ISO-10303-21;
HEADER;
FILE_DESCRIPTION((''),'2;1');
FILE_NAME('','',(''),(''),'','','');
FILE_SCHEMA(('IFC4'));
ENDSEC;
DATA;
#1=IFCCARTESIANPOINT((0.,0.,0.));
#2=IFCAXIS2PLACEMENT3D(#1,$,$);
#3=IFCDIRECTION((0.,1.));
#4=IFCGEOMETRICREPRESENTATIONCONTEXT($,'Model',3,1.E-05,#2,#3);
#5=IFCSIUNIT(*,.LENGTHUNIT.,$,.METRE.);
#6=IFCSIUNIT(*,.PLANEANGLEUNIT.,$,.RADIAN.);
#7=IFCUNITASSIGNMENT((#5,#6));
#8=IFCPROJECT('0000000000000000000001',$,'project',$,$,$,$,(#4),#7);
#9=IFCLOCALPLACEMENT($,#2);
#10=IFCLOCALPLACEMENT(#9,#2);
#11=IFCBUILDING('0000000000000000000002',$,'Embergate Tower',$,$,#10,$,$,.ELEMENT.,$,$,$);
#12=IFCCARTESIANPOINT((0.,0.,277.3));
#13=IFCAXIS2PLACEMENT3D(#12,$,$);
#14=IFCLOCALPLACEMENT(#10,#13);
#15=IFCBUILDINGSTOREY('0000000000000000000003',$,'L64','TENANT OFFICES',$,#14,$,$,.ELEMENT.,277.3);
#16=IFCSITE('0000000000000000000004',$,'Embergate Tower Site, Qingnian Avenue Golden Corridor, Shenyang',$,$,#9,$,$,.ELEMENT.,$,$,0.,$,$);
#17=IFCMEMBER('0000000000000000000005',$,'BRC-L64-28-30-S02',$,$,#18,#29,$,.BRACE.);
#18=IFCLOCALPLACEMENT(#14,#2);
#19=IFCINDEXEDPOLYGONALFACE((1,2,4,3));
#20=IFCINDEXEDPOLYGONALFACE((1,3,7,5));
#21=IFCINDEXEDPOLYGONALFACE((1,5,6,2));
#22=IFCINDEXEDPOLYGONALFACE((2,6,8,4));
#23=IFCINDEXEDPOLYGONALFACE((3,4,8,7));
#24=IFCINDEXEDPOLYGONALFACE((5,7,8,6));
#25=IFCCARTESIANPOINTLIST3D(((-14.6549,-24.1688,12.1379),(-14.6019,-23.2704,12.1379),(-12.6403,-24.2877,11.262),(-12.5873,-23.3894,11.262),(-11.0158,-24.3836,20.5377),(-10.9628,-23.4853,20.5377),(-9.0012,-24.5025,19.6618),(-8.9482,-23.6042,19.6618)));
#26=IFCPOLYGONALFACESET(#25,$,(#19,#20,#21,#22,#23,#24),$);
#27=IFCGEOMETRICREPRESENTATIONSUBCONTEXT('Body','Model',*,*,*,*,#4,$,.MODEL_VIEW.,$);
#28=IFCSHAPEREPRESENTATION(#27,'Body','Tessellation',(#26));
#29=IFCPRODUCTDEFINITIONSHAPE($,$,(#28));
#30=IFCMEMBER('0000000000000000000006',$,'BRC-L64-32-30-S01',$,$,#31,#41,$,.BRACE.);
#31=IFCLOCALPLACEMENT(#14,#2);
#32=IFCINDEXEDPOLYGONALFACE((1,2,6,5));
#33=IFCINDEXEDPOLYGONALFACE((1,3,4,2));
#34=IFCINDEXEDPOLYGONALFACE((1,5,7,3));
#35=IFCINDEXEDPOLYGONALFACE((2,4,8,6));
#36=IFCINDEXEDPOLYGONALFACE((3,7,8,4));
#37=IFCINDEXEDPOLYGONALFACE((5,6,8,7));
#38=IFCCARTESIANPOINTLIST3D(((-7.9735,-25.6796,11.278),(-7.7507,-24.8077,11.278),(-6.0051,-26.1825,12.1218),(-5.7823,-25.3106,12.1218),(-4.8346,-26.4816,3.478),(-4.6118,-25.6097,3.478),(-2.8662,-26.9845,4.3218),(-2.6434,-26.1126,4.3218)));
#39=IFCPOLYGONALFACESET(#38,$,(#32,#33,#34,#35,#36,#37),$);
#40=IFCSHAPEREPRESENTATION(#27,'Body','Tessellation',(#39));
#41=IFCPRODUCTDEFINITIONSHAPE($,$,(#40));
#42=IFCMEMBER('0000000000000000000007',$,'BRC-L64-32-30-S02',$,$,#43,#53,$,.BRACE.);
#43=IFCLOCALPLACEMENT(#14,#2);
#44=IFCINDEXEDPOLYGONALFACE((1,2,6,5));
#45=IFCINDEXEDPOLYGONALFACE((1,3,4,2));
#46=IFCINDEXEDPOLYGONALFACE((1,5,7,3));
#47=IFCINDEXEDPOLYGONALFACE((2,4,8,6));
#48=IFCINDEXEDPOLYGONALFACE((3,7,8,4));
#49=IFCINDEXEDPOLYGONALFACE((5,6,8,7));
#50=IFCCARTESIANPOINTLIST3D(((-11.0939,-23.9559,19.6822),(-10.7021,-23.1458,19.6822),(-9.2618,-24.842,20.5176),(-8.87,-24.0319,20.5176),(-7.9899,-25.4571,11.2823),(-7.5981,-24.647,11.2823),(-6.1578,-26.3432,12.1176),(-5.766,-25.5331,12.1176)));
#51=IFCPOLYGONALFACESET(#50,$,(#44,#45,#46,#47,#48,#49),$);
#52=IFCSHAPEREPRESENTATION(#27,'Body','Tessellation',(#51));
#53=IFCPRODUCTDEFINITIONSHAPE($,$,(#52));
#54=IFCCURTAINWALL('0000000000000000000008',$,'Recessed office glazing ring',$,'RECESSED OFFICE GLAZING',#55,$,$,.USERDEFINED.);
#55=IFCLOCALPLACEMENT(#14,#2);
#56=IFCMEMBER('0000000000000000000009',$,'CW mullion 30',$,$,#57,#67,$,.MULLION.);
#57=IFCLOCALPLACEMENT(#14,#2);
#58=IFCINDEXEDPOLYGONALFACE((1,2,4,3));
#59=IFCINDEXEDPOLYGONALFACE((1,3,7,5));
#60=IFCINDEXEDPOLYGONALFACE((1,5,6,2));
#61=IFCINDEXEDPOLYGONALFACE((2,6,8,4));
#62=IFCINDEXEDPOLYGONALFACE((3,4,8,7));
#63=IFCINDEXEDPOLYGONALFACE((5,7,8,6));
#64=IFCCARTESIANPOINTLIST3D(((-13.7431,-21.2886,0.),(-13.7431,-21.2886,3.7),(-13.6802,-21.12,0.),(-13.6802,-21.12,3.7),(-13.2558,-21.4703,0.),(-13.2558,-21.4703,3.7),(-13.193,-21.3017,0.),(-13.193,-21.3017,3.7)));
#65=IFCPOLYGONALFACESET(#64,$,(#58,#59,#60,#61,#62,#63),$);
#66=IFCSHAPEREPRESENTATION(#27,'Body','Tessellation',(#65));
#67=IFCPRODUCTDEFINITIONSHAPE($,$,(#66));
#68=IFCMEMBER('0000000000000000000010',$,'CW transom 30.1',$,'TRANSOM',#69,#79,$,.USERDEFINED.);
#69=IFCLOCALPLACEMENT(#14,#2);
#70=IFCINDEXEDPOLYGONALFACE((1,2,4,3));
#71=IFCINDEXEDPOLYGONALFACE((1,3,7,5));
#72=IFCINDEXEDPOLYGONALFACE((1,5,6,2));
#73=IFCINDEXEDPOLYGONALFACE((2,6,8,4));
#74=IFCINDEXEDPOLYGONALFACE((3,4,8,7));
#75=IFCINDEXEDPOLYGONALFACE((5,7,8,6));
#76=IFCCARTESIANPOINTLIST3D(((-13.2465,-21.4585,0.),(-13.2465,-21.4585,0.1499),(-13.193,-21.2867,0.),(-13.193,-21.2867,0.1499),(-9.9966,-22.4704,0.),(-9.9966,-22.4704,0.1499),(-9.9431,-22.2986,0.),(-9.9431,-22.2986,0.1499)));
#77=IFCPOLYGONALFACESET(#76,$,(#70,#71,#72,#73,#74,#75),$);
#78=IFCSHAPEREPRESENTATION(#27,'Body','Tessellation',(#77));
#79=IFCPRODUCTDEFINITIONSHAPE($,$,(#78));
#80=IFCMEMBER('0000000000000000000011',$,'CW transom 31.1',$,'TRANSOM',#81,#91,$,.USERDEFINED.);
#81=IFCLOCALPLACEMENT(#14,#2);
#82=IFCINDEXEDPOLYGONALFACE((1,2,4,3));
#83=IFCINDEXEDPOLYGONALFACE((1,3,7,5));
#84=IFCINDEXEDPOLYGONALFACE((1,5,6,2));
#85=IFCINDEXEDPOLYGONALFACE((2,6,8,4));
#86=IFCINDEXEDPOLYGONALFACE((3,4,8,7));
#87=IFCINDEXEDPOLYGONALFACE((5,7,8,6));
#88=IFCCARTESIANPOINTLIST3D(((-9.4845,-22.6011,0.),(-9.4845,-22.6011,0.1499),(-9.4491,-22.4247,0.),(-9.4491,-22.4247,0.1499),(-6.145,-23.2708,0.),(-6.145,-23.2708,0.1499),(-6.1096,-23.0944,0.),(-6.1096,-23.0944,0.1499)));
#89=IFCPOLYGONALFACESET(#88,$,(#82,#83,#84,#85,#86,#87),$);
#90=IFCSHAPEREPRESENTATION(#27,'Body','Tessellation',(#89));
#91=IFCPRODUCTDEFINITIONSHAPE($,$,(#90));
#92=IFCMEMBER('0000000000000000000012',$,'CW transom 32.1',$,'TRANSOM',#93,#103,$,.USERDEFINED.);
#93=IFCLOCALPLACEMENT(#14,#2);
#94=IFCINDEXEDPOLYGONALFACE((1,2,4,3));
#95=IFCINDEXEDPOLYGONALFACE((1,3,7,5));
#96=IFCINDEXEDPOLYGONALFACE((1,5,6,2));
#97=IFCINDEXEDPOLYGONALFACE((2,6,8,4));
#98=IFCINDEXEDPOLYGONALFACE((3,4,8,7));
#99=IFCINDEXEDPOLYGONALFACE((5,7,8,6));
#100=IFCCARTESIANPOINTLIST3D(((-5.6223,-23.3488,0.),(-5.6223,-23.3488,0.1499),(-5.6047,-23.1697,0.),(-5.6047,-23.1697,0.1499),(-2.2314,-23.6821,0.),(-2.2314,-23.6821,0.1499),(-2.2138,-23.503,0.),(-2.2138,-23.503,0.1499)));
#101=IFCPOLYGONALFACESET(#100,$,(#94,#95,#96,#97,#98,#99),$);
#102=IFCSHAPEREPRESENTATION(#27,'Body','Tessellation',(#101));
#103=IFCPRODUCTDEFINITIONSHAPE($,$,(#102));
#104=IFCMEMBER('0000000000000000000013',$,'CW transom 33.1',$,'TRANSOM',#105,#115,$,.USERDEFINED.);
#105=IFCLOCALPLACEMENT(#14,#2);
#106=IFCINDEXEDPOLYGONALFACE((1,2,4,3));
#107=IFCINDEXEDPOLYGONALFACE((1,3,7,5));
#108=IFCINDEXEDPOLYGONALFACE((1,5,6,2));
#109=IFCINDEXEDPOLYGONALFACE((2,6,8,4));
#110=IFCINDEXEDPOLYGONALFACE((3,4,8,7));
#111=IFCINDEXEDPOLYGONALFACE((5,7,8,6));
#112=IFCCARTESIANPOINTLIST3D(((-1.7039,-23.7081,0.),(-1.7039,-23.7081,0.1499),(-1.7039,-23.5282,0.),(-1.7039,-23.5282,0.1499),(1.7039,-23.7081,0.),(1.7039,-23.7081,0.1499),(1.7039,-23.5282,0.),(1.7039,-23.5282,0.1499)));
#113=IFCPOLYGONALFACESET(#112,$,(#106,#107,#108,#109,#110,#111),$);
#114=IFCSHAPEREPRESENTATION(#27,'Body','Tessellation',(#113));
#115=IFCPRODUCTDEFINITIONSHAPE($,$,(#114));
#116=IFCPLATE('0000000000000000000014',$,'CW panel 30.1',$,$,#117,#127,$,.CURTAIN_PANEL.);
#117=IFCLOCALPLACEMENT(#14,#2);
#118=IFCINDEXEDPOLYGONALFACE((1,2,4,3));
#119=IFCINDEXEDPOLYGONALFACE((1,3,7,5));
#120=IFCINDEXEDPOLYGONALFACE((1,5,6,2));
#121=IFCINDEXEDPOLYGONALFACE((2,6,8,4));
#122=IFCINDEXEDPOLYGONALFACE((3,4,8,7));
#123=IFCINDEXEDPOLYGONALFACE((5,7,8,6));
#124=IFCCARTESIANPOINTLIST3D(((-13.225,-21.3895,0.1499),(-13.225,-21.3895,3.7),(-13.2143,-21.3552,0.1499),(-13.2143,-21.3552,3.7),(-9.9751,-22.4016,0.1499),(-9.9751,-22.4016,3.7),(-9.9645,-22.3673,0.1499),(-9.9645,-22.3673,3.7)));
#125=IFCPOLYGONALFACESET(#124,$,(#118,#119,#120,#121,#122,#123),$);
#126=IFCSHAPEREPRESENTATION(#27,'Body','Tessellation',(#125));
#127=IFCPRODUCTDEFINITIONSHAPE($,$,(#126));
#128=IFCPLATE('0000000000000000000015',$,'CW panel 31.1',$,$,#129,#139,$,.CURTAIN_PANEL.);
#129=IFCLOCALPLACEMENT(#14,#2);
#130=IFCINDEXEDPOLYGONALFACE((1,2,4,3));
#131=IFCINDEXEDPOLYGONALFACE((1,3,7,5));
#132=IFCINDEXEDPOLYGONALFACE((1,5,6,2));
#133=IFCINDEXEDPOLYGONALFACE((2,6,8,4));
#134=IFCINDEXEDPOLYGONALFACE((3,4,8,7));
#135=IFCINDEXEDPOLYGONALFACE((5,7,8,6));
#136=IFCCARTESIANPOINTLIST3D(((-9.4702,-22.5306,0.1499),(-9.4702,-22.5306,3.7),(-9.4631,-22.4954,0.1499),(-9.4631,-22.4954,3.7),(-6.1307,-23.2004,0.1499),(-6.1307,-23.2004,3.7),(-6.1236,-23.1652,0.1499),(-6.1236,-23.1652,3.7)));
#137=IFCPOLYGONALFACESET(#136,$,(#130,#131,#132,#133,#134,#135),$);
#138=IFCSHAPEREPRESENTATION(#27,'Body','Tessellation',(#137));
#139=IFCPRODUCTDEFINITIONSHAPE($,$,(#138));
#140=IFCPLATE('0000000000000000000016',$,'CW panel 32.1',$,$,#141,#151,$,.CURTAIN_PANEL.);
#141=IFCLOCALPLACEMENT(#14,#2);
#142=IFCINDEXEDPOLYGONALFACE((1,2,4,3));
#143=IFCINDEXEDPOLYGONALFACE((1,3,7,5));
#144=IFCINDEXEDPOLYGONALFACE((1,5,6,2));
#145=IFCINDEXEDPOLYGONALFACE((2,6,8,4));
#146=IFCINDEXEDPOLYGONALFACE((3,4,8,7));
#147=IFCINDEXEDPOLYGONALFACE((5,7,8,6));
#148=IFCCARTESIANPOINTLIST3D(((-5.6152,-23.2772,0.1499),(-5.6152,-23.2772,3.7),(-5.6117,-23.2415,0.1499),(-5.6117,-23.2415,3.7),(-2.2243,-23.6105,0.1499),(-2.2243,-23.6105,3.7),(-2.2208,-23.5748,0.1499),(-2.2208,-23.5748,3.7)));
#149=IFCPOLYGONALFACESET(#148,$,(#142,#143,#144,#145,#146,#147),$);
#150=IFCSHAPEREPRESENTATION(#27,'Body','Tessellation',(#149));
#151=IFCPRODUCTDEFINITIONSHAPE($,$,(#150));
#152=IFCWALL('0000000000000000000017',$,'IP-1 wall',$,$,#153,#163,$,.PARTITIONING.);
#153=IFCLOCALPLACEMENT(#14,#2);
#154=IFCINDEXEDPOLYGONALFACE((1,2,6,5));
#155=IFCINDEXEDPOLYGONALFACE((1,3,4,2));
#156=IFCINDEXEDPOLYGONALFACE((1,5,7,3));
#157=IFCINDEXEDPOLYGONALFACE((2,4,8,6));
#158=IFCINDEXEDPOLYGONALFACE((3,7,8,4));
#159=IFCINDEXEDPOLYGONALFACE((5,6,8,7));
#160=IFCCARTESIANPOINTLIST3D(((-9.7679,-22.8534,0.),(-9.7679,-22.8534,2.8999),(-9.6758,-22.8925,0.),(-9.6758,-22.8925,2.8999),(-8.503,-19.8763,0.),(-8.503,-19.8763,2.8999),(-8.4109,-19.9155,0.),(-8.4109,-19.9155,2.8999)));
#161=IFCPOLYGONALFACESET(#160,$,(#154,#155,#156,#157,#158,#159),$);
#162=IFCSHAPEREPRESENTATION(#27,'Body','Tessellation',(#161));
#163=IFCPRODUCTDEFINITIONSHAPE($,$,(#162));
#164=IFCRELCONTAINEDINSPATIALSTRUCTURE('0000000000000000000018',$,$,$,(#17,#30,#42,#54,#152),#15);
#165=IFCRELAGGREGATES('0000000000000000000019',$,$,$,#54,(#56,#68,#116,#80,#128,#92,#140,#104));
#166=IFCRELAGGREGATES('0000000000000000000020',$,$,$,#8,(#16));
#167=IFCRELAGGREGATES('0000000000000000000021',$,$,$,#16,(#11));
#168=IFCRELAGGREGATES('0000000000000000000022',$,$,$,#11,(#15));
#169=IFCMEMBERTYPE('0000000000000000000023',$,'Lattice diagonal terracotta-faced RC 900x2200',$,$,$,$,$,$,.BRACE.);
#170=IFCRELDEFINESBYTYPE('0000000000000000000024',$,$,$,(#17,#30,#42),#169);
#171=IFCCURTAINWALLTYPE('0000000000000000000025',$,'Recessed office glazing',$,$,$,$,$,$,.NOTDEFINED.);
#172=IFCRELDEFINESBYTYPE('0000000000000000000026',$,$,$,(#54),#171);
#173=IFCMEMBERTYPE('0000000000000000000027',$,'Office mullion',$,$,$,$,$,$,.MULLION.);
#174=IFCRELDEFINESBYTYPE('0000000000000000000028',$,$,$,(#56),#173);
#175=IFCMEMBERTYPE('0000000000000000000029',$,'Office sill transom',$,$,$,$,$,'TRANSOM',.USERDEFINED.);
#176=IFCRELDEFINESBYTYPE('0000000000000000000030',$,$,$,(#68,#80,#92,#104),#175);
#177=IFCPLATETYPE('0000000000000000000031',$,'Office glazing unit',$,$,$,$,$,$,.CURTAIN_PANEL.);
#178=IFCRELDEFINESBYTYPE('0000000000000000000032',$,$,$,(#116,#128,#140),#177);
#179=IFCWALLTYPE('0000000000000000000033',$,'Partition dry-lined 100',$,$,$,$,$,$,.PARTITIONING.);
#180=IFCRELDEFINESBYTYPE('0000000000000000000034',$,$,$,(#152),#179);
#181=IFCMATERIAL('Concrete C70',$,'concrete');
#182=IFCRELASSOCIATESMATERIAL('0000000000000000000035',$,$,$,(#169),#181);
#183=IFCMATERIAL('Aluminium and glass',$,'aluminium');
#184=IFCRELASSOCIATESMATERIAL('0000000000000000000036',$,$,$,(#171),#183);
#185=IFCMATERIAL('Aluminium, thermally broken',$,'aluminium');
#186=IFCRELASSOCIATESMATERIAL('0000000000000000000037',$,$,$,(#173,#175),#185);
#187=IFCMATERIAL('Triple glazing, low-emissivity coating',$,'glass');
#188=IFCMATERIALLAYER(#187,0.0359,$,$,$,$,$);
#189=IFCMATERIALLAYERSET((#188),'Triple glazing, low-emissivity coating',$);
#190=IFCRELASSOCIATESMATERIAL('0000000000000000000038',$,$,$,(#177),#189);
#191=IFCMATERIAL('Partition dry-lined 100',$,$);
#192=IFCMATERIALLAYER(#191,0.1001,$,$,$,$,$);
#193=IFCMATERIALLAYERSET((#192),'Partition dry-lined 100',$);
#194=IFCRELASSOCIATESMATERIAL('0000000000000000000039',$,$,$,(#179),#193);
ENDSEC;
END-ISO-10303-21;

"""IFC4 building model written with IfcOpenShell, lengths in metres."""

from ifc_helpers import new_model, si_unit, direction, frame, frame_2d, origin, origin_2d, place, context, subcontext, project, spatial, rectangle, extrude, source, transform, mapped, material, layer, layer_set, material_profile, profile_set, type_object, element, aggregate, save


model = new_model("IFC4")

# Units and contexts
model_context = context("Model", 3, precision=1e-05, world=origin(), true_north=direction((0.0, 1.0)))
body_context = subcontext(model_context, "Body", "Model", "MODEL_VIEW")
ifc_project = project(units=[si_unit("LENGTHUNIT", "METRE"), si_unit("PLANEANGLEUNIT", "RADIAN")], contexts=[model_context])

# Site, building, storey
site_placement = place(None, origin())
site = spatial("IfcSite", under=ifc_project, at=site_placement, Name="Embergate Tower Site, Qingnian Avenue Golden Corridor, Shenyang", CompositionType="ELEMENT", RefElevation=0.0)
building_placement = place(site_placement, origin())
building = spatial("IfcBuilding", under=site, at=building_placement, Name="Embergate Tower", CompositionType="ELEMENT")
storey_placement = place(building_placement, frame((0.0, 0.0, 277.3)))
storey = spatial("IfcBuildingStorey", under=building, at=storey_placement, Name="L64", Description="TENANT OFFICES", CompositionType="ELEMENT", Elevation=277.3)

# Members
ifc_material_1 = material(Name="Concrete C70", Category="concrete")
ifc_material_profile_1 = material_profile(ifc_material_1, rectangle(XDim=0.8999, YDim=2.2, at=origin_2d()), Name="RC 900x2200")
ifc_profile_set_1 = profile_set([ifc_material_profile_1], Name="Concrete C70")
member_type_1 = type_object("IfcMemberType", Name="Lattice diagonal terracotta-faced RC 900x2200", PredefinedType="BRACE", material=ifc_profile_set_1)
shared_shape_1 = source(origin(), body_context, "Body", "SweptSolid", [
    extrude(rectangle(XDim=0.8999, YDim=2.2, at=origin_2d()), origin(), (0.0, 0.0, 1.0), 9.1567),
])
member_1_placement = place(storey_placement, frame((-13.6211, -23.7791, 11.7), z_axis=(0.397425, -0.023463, 0.917335), x_axis=(0.058934, 0.998262, 0.0)))
element("IfcMember", 1, at=member_1_placement, inside=storey, type_object=member_type_1, Name="BRC-L64-28-30-S02", PredefinedType="BRACE", context=body_context, shape_type="MappedRepresentation", body=[
    mapped(shared_shape_1, transform((0.0, 0.0, 0.0))),
])
shared_shape_2 = source(origin(), body_context, "Body", "SweptSolid", [
    extrude(rectangle(XDim=0.8999, YDim=2.2, at=origin_2d()), origin(), (0.0, 0.0, 1.0), 8.446),
])
member_2_placement = place(storey_placement, frame((-3.739, -26.2971, 3.8999), z_axis=(-0.37164, 0.094955, 0.923508), x_axis=(-0.24755, -0.968875, 0.0)))
element("IfcMember", 2, at=member_2_placement, inside=storey, type_object=member_type_1, Name="BRC-L64-32-30-S01", PredefinedType="BRACE", context=body_context, shape_type="MappedRepresentation", body=[
    mapped(shared_shape_2, transform((0.0, 0.0, 0.0))),
])
shared_shape_3 = source(origin(), body_context, "Body", "SweptSolid", [
    extrude(rectangle(XDim=0.8999, YDim=2.2, at=origin_2d()), origin(), (0.0, 0.0, 1.0), 9.0801),
])
member_3_placement = place(storey_placement, frame((-6.8779, -25.4951, 11.7), z_axis=(-0.34185, 0.165332, 0.925097), x_axis=(-0.435393, -0.900241, 0.0)))
element("IfcMember", 3, at=member_3_placement, inside=storey, type_object=member_type_1, Name="BRC-L64-32-30-S02", PredefinedType="BRACE", context=body_context, shape_type="MappedRepresentation", body=[
    mapped(shared_shape_3, transform((0.0, 0.0, 0.0))),
])

# Curtain wall, members, plates
ifc_material_2 = material(Name="Aluminium and glass", Category="aluminium")
curtain_wall_type = type_object("IfcCurtainWallType", Name="Recessed office glazing", PredefinedType="NOTDEFINED", material=ifc_material_2)
curtain_wall_placement = place(storey_placement, origin())
curtain_wall = element("IfcCurtainWall", 4, at=curtain_wall_placement, inside=storey, type_object=curtain_wall_type, Name="Recessed office glazing ring", ObjectType="RECESSED OFFICE GLAZING", PredefinedType="USERDEFINED")
ifc_material_3 = material(Name="Aluminium, thermally broken", Category="aluminium")
ifc_material_profile_2 = material_profile(ifc_material_3, rectangle(XDim=0.1799, YDim=0.52, at=origin_2d()), Name="AL 520x180")
ifc_profile_set_2 = profile_set([ifc_material_profile_2], Name="Aluminium, thermally broken")
member_type_2 = type_object("IfcMemberType", Name="Office mullion", PredefinedType="MULLION", material=ifc_profile_set_2)
shared_shape_4 = source(origin(), body_context, "Body", "SweptSolid", [
    extrude(rectangle(XDim=0.1799, YDim=0.52, at=origin_2d()), origin(), (0.0, 0.0, 1.0), 3.7),
])
member_4_placement = place(storey_placement, frame((-13.468, -21.2952, 0.0), z_axis=(0.0, 0.0, 1.0), x_axis=(0.349498, 0.936937, 0.0)))
member_4 = element("IfcMember", 5, at=member_4_placement, type_object=member_type_2, Name="CW mullion 30", PredefinedType="MULLION", context=body_context, shape_type="MappedRepresentation", body=[
    mapped(shared_shape_4, transform((0.0, 0.0, 0.0))),
])
ifc_material_profile_3 = material_profile(ifc_material_3, rectangle(XDim=0.1799, YDim=0.1499, at=origin_2d()), Name="AL 150x180")
ifc_profile_set_3 = profile_set([ifc_material_profile_3], Name="Aluminium, thermally broken")
member_type_3 = type_object("IfcMemberType", Name="Office sill transom", ElementType="TRANSOM", PredefinedType="USERDEFINED", material=ifc_profile_set_3)
shared_shape_5 = source(origin(), body_context, "Body", "SweptSolid", [
    extrude(rectangle(XDim=0.1799, YDim=0.1499, at=origin_2d()), origin(), (0.0, 0.0, 1.0), 3.4038),
])
member_5_placement = place(storey_placement, frame((-13.2197, -21.3726, 0.075), z_axis=(0.954786, -0.297295, 0.0), x_axis=(0.297295, 0.954786, 0.0)))
member_5 = element("IfcMember", 6, at=member_5_placement, type_object=member_type_3, Name="CW transom 30.1", ObjectType="TRANSOM", PredefinedType="USERDEFINED", context=body_context, shape_type="MappedRepresentation", body=[
    mapped(shared_shape_5, transform((0.0, 0.0, 0.0))),
])
shared_shape_6 = source(origin(), body_context, "Body", "SweptSolid", [
    extrude(rectangle(XDim=0.1799, YDim=0.1499, at=origin_2d()), origin(), (0.0, 0.0, 1.0), 3.406),
])
member_6_placement = place(storey_placement, frame((-9.4668, -22.5129, 0.075), z_axis=(0.980481, -0.196612, 0.0), x_axis=(0.196612, 0.980481, 0.0)))
member_6 = element("IfcMember", 7, at=member_6_placement, type_object=member_type_3, Name="CW transom 31.1", ObjectType="TRANSOM", PredefinedType="USERDEFINED", context=body_context, shape_type="MappedRepresentation", body=[
    mapped(shared_shape_6, transform((0.0, 0.0, 0.0))),
])
shared_shape_7 = source(origin(), body_context, "Body", "SweptSolid", [
    extrude(rectangle(XDim=0.1799, YDim=0.1499, at=origin_2d()), origin(), (0.0, 0.0, 1.0), 3.4072),
])
member_7_placement = place(storey_placement, frame((-5.6135, -23.2593, 0.075), z_axis=(0.995205, -0.097808, 0.0), x_axis=(0.097808, 0.995205, 0.0)))
member_7 = element("IfcMember", 8, at=member_7_placement, type_object=member_type_3, Name="CW transom 32.1", ObjectType="TRANSOM", PredefinedType="USERDEFINED", context=body_context, shape_type="MappedRepresentation", body=[
    mapped(shared_shape_7, transform((0.0, 0.0, 0.0))),
])
shared_shape_8 = source(origin(), body_context, "Body", "SweptSolid", [
    extrude(rectangle(XDim=0.1799, YDim=0.1499, at=origin_2d()), origin(), (0.0, 0.0, 1.0), 3.4077),
])
member_8_placement = place(storey_placement, frame((-1.7039, -23.6182, 0.075), z_axis=(1.0, 0.0, 0.0), x_axis=(0.0, 1.0, 0.0)))
member_8 = element("IfcMember", 9, at=member_8_placement, type_object=member_type_3, Name="CW transom 33.1", ObjectType="TRANSOM", PredefinedType="USERDEFINED", context=body_context, shape_type="MappedRepresentation", body=[
    mapped(shared_shape_8, transform((0.0, 0.0, 0.0))),
])
ifc_material_4 = material(Name="Triple glazing, low-emissivity coating", Category="glass")
ifc_layer_1 = layer(ifc_material_4, 0.0359)
ifc_layer_set_1 = layer_set([ifc_layer_1], Name="Triple glazing, low-emissivity coating")
plate_type = type_object("IfcPlateType", Name="Office glazing unit", PredefinedType="CURTAIN_PANEL", material=ifc_layer_set_1)
shared_shape_9 = source(origin(), body_context, "Body", "SweptSolid", [
    extrude(rectangle(XDim=3.4038, YDim=0.0359, at=origin_2d()), origin(), (0.0, 0.0, 1.0), 3.55),
])
plate_1_placement = place(storey_placement, frame((-11.5947, -21.8784, 0.1499), z_axis=(0.0, 0.0, 1.0), x_axis=(0.954773, -0.297337, 0.0)))
plate_1 = element("IfcPlate", 10, at=plate_1_placement, type_object=plate_type, Name="CW panel 30.1", PredefinedType="CURTAIN_PANEL", context=body_context, shape_type="MappedRepresentation", body=[
    mapped(shared_shape_9, transform((0.0, 0.0, 0.0))),
])
shared_shape_10 = source(origin(), body_context, "Body", "SweptSolid", [
    extrude(rectangle(XDim=3.406, YDim=0.0359, at=origin_2d()), origin(), (0.0, 0.0, 1.0), 3.55),
])
plate_2_placement = place(storey_placement, frame((-7.7969, -22.8479, 0.1499), z_axis=(0.0, 0.0, 1.0), x_axis=(0.980476, -0.196639, 0.0)))
plate_2 = element("IfcPlate", 11, at=plate_2_placement, type_object=plate_type, Name="CW panel 31.1", PredefinedType="CURTAIN_PANEL", context=body_context, shape_type="MappedRepresentation", body=[
    mapped(shared_shape_10, transform((0.0, 0.0, 0.0))),
])
shared_shape_11 = source(origin(), body_context, "Body", "SweptSolid", [
    extrude(rectangle(XDim=3.4072, YDim=0.0359, at=origin_2d()), origin(), (0.0, 0.0, 1.0), 3.55),
])
plate_3_placement = place(storey_placement, frame((-3.918, -23.426, 0.1499), z_axis=(0.0, 0.0, 1.0), x_axis=(0.995203, -0.09783, 0.0)))
plate_3 = element("IfcPlate", 12, at=plate_3_placement, type_object=plate_type, Name="CW panel 32.1", PredefinedType="CURTAIN_PANEL", context=body_context, shape_type="MappedRepresentation", body=[
    mapped(shared_shape_11, transform((0.0, 0.0, 0.0))),
])
aggregate(curtain_wall, [member_4, member_5, plate_1, member_6, plate_2, member_7, plate_3, member_8])

# Wall
ifc_material_5 = material(Name="Partition dry-lined 100")
ifc_layer_2 = layer(ifc_material_5, 0.1001)
ifc_layer_set_2 = layer_set([ifc_layer_2], Name="Partition dry-lined 100")
wall_type_1 = type_object("IfcWallType", Name="Partition dry-lined 100", PredefinedType="PARTITIONING", material=ifc_layer_set_2)
shared_shape_12 = source(origin(), body_context, "Body", "SweptSolid", [
    extrude(rectangle(XDim=3.2346, YDim=0.1001, at=frame_2d((1.6172, 0.0))), origin(), (0.0, 0.0, 1.0), 2.8999),
])
wall_1_placement = place(storey_placement, frame((-8.457, -19.896, 0.0), z_axis=(0.0, 0.0, 1.0), x_axis=(-0.391048, -0.92037, 0.0)))
element("IfcWall", 13, at=wall_1_placement, inside=storey, type_object=wall_type_1, Name="IP-1 wall", PredefinedType="PARTITIONING", context=body_context, shape_type="MappedRepresentation", body=[
    mapped(shared_shape_12, transform((0.0, 0.0, 0.0))),
])

save(model, "model.ifc")
